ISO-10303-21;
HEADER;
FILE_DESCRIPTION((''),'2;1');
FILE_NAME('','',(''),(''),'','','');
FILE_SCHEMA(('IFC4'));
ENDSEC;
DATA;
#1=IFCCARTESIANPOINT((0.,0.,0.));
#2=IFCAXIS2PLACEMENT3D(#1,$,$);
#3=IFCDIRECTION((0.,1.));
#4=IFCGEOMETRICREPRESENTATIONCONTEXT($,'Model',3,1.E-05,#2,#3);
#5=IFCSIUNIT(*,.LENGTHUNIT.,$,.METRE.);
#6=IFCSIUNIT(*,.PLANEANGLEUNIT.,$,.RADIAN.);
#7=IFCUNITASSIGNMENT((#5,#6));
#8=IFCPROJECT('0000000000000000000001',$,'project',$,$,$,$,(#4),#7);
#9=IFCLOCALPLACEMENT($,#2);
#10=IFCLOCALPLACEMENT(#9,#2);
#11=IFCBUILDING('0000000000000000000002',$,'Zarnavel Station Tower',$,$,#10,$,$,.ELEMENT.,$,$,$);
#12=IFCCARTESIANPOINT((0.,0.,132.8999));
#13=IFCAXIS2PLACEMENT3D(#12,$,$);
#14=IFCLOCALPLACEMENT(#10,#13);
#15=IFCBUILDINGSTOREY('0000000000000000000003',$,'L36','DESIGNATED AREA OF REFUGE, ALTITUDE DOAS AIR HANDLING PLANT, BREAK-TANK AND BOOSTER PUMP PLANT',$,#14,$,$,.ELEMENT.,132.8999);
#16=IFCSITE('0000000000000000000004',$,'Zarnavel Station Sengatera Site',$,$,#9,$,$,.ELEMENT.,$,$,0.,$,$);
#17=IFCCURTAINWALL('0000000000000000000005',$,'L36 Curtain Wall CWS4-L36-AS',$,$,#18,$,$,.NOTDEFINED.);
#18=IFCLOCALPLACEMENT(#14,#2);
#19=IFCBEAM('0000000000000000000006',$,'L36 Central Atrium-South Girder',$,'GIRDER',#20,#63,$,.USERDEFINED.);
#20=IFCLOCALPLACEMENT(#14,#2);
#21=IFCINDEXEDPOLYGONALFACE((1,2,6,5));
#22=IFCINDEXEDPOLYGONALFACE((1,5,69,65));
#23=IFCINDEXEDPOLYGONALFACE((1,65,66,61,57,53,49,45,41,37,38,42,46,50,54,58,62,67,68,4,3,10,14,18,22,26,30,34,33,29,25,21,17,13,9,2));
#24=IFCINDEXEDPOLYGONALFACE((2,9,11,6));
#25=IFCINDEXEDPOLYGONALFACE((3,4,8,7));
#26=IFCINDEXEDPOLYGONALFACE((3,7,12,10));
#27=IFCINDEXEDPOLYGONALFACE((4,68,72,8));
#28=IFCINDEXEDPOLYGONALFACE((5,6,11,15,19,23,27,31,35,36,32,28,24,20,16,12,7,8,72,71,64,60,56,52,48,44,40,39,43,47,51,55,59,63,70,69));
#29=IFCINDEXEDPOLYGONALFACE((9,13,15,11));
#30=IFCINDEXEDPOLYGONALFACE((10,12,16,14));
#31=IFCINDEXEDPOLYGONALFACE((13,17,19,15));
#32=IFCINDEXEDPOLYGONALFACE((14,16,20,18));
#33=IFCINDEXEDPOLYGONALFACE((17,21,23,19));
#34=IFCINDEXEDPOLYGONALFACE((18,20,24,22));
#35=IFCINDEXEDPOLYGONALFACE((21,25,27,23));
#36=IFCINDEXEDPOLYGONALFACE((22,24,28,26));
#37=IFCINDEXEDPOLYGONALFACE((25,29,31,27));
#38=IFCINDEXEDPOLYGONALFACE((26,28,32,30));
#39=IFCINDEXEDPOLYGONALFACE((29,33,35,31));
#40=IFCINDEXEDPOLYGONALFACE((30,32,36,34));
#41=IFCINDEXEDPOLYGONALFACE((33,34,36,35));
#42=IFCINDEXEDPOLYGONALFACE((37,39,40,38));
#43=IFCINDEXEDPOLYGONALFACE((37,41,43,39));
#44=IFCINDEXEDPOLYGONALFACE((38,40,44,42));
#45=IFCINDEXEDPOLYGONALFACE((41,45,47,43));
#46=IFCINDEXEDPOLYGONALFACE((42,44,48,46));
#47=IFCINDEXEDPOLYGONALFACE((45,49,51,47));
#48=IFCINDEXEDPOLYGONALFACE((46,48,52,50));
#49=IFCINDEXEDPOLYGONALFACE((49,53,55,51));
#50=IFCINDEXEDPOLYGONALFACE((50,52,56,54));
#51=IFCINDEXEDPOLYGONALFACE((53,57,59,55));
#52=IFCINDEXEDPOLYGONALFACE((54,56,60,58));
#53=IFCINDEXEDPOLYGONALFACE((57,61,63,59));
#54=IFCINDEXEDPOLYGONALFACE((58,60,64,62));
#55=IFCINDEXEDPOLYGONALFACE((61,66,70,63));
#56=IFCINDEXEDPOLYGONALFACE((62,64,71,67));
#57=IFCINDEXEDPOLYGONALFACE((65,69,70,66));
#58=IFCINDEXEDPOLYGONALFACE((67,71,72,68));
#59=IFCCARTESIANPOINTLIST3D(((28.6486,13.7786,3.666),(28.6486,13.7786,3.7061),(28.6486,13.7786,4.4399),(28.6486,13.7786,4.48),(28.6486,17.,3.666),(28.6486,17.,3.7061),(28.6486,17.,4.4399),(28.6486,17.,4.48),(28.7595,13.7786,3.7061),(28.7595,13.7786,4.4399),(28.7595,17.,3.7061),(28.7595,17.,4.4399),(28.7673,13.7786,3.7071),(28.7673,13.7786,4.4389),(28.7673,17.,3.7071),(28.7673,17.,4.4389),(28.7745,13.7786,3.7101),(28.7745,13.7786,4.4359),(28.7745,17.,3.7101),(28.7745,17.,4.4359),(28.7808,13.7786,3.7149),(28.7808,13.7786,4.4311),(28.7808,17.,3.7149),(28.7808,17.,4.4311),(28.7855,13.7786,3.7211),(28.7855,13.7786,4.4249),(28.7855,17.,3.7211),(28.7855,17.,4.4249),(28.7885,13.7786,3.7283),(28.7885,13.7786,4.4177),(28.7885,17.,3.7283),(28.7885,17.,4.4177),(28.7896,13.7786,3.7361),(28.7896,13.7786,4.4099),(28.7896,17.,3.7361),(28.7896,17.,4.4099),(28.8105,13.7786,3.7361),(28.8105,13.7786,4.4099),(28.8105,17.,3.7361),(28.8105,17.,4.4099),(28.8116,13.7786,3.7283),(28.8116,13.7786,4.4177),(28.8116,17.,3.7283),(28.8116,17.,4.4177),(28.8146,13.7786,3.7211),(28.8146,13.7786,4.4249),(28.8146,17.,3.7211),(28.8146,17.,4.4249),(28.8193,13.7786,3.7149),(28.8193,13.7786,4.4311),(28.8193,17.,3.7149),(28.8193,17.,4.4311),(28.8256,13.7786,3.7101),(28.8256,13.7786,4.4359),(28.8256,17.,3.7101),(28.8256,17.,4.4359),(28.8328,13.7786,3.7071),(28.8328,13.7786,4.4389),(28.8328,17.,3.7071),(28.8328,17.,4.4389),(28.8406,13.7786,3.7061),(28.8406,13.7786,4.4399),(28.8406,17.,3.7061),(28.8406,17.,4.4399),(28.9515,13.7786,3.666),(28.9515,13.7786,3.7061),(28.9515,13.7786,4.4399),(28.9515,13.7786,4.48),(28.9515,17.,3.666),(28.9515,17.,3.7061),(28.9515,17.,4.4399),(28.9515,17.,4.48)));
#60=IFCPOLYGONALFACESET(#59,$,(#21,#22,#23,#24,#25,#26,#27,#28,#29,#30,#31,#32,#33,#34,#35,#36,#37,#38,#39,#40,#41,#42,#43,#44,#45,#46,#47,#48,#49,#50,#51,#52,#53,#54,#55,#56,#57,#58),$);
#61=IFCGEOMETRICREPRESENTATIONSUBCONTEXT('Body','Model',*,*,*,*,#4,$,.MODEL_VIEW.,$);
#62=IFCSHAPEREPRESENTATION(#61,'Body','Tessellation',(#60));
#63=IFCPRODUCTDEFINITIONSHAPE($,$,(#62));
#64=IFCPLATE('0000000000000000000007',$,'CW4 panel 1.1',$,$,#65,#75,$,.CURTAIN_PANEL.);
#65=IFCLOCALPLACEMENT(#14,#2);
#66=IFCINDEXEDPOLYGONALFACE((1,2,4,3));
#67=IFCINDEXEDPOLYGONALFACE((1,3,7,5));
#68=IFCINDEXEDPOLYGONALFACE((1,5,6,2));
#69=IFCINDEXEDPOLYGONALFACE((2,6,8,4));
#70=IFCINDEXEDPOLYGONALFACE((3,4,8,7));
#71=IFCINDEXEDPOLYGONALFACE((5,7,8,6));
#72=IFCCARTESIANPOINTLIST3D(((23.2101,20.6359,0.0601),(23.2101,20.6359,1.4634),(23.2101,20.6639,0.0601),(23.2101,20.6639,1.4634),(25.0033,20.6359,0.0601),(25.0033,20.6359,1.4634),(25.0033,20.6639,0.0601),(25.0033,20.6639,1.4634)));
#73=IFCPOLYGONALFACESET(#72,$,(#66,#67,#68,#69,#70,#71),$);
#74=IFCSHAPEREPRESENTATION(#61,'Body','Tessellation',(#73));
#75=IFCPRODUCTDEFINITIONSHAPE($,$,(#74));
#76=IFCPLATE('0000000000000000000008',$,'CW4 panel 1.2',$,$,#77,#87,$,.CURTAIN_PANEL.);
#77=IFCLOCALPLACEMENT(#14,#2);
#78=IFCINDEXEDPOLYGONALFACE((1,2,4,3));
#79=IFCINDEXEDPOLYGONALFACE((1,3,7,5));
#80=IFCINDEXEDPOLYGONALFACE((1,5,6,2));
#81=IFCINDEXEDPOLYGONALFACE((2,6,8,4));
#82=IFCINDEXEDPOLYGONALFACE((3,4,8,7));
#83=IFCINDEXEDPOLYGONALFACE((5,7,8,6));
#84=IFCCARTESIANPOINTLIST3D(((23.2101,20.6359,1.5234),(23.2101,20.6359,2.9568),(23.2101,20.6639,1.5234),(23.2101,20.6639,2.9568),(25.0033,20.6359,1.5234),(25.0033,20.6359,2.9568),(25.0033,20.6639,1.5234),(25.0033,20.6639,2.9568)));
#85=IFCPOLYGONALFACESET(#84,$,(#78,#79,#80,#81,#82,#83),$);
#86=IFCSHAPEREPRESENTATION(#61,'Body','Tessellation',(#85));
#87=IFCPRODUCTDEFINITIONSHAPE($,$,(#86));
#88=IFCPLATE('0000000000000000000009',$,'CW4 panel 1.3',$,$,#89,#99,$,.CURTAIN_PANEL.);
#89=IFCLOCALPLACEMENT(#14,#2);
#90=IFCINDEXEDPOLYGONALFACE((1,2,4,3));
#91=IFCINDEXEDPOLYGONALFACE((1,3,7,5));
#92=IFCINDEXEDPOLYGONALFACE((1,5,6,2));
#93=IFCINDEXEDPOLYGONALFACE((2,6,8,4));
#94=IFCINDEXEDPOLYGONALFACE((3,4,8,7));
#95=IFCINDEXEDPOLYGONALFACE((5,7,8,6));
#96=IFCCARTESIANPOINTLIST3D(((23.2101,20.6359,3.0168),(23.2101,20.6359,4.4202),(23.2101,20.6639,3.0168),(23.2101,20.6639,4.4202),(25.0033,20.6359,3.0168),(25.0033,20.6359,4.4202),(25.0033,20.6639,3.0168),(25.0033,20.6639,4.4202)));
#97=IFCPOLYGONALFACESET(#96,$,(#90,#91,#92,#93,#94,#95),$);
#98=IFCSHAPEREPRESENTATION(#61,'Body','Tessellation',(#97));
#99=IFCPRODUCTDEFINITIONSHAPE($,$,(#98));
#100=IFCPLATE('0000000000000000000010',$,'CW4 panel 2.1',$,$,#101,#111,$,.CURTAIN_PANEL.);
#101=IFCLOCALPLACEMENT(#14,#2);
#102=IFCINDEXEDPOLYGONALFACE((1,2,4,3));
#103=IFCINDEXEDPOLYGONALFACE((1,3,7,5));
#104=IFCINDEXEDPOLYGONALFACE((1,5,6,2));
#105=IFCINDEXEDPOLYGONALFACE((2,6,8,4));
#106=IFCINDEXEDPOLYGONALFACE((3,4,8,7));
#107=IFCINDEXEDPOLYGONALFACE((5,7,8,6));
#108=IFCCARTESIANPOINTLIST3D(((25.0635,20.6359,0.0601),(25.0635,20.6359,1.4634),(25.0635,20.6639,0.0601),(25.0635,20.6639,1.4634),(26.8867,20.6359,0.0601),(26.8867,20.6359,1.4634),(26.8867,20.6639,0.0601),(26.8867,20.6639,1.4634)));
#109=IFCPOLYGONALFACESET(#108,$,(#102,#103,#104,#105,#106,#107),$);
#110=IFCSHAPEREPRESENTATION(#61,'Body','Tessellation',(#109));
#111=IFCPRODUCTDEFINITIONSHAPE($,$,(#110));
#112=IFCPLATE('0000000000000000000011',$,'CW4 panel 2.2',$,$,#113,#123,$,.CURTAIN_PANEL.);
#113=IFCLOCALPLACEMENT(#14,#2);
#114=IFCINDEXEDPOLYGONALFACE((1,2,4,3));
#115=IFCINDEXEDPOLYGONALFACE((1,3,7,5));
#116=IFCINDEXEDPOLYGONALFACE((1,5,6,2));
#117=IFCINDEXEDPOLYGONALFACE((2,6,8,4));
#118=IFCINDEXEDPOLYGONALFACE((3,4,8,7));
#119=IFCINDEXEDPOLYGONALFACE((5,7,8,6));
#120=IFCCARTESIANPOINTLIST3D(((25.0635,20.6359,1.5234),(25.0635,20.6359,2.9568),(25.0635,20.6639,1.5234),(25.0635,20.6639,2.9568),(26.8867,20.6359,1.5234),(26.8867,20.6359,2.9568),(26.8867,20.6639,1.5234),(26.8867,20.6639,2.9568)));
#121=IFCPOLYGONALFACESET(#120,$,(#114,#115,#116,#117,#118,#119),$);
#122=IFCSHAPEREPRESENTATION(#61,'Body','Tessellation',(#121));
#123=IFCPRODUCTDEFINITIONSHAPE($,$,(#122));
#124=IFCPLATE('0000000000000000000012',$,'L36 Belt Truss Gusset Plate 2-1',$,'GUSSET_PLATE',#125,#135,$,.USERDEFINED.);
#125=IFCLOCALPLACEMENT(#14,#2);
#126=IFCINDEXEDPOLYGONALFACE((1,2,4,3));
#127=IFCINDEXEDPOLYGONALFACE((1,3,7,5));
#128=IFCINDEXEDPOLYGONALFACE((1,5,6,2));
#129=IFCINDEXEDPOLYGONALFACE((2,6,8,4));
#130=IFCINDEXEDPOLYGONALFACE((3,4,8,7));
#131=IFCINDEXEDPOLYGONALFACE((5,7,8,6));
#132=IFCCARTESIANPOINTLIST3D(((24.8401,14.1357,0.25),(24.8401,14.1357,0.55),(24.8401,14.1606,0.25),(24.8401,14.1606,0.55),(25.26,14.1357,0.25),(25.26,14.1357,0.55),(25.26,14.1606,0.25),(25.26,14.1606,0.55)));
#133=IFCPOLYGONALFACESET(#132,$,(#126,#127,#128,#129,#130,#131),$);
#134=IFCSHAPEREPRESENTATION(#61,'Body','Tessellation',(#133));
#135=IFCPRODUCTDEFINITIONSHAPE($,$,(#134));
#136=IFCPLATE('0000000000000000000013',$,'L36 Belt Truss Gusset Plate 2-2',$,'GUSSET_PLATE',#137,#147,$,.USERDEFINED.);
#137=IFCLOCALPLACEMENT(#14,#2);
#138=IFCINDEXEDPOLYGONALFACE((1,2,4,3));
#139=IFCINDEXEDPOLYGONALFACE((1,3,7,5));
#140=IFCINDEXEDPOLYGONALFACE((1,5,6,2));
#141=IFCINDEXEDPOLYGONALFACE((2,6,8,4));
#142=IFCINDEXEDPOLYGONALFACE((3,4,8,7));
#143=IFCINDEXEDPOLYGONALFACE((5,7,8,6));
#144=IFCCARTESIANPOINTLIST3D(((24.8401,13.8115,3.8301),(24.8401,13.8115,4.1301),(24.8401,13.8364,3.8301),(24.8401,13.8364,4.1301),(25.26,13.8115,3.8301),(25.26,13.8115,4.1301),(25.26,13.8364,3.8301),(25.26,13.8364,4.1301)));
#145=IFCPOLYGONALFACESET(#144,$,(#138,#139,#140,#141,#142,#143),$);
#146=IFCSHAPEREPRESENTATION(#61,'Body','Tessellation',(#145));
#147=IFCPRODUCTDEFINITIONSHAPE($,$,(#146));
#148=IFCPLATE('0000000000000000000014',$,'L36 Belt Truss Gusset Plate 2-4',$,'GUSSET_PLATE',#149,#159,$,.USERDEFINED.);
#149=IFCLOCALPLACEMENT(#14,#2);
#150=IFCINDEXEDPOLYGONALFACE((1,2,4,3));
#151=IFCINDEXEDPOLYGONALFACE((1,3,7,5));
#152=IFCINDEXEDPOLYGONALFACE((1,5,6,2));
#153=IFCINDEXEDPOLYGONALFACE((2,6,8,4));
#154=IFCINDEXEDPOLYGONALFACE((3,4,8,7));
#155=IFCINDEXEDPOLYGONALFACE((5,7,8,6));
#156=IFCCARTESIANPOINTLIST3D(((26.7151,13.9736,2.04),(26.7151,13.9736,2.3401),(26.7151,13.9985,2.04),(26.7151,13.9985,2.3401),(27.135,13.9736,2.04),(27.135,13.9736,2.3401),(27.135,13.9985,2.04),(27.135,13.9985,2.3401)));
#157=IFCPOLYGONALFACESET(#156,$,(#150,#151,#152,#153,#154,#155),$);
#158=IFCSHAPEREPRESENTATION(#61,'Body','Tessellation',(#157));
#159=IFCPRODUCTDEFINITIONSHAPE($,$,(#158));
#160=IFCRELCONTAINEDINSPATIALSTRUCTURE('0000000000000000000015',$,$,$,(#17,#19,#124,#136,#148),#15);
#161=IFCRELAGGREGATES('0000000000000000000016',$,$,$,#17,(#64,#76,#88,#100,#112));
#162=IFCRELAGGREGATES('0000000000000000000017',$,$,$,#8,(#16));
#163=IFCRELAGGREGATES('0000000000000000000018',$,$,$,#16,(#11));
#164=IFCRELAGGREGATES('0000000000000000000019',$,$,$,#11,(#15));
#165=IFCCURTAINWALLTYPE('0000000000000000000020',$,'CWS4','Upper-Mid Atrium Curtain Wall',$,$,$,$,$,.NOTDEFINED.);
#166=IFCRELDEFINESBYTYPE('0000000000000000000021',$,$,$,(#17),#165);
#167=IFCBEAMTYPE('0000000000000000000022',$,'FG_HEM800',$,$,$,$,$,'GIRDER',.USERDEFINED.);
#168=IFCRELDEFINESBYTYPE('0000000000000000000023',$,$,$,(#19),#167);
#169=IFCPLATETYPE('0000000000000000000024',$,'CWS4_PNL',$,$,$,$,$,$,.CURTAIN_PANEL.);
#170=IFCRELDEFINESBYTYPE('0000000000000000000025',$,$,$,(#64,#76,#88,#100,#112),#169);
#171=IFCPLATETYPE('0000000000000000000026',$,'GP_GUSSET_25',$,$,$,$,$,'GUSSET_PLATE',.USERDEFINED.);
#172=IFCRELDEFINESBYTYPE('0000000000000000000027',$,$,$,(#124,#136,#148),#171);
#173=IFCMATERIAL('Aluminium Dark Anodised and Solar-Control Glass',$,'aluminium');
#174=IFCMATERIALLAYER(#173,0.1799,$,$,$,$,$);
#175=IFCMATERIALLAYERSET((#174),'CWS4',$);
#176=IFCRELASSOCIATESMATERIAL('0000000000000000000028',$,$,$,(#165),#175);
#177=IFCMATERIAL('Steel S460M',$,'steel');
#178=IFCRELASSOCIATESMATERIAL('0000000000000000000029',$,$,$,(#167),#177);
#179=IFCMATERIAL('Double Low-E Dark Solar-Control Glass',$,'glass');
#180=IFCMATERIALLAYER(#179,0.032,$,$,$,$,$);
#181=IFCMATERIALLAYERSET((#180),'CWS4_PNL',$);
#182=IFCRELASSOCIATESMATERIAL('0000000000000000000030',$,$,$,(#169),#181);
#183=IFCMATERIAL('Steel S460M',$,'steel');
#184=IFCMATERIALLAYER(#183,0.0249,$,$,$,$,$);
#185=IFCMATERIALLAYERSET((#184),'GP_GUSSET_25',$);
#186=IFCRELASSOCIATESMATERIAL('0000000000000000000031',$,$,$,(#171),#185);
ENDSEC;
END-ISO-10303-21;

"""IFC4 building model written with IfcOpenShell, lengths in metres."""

from ifc_helpers import new_model, si_unit, direction, frame, origin, origin_2d, place, context, subcontext, project, spatial, rectangle, i_section, extrude, material, layer, layer_set, material_profile, profile_set, type_object, element, aggregate, save


model = new_model("IFC4")

# Units and contexts
model_context = context("Model", 3, precision=1e-05, world=origin(), true_north=direction((0.0, 1.0)))
body_context = subcontext(model_context, "Body", "Model", "MODEL_VIEW")
ifc_project = project(units=[si_unit("LENGTHUNIT", "METRE"), si_unit("PLANEANGLEUNIT", "RADIAN")], contexts=[model_context])

# Site, building, storey
site_placement = place(None, origin())
site = spatial("IfcSite", under=ifc_project, at=site_placement, Name="Zarnavel Station Sengatera Site", CompositionType="ELEMENT", RefElevation=0.0)
building_placement = place(site_placement, origin())
building = spatial("IfcBuilding", under=site, at=building_placement, Name="Zarnavel Station Tower", CompositionType="ELEMENT")
storey_placement = place(building_placement, frame((0.0, 0.0, 132.8999)))
storey = spatial("IfcBuildingStorey", under=building, at=storey_placement, Name="L36", Description="DESIGNATED AREA OF REFUGE, ALTITUDE DOAS AIR HANDLING PLANT, BREAK-TANK AND BOOSTER PUMP PLANT", CompositionType="ELEMENT", Elevation=132.8999)

# Curtain wall
ifc_material_1 = material(Name="Aluminium Dark Anodised and Solar-Control Glass", Category="aluminium")
ifc_layer_1 = layer(ifc_material_1, 0.1799)
ifc_layer_set_1 = layer_set([ifc_layer_1], Name="CWS4")
curtain_wall_type = type_object("IfcCurtainWallType", Name="CWS4", Description="Upper-Mid Atrium Curtain Wall", PredefinedType="NOTDEFINED", material=ifc_layer_set_1)
curtain_wall_placement = place(storey_placement, origin())
curtain_wall = element("IfcCurtainWall", 1, at=curtain_wall_placement, inside=storey, type_object=curtain_wall_type, Name="L36 Curtain Wall CWS4-L36-AS", PredefinedType="NOTDEFINED")

# Beam
ifc_material_2 = material(Name="Steel S460M", Category="steel")
ifc_material_profile_1 = material_profile(ifc_material_2, i_section(OverallWidth=0.303, OverallDepth=0.814, WebThickness=0.021, FlangeThickness=0.04, FilletRadius=0.03, at=origin_2d()), Name="HEM800")
ifc_profile_set_1 = profile_set([ifc_material_profile_1], Name="Steel S460M")
beam_type = type_object("IfcBeamType", Name="FG_HEM800", ElementType="GIRDER", PredefinedType="USERDEFINED", material=ifc_profile_set_1)
beam_placement = place(storey_placement, frame((28.8, 13.7786, 4.073), z_axis=(0.0, 1.0, 0.0), x_axis=(-1.0, 0.0, 0.0)))
element("IfcBeam", 2, at=beam_placement, inside=storey, type_object=beam_type, Name="L36 Central Atrium-South Girder", ObjectType="GIRDER", PredefinedType="USERDEFINED", context=body_context, shape_type="SweptSolid", body=[
    extrude(i_section(OverallWidth=0.303, OverallDepth=0.814, WebThickness=0.021, FlangeThickness=0.04, FilletRadius=0.03, at=origin_2d()), origin(), (0.0, 0.0, 1.0), 3.2214),
])

# Plates
ifc_material_3 = material(Name="Double Low-E Dark Solar-Control Glass", Category="glass")
ifc_layer_2 = layer(ifc_material_3, 0.032)
ifc_layer_set_2 = layer_set([ifc_layer_2], Name="CWS4_PNL")
plate_type_1 = type_object("IfcPlateType", Name="CWS4_PNL", PredefinedType="CURTAIN_PANEL", material=ifc_layer_set_2)
plate_1_placement = place(storey_placement, frame((24.1067, 20.6499, 0.0601), z_axis=(0.0, 0.0, 1.0), x_axis=(1.0, 0.0, 0.0)))
plate_1 = element("IfcPlate", 3, at=plate_1_placement, type_object=plate_type_1, Name="CW4 panel 1.1", PredefinedType="CURTAIN_PANEL", context=body_context, shape_type="SweptSolid", body=[
    extrude(rectangle(XDim=1.7932, YDim=0.0281, at=origin_2d()), origin(), (0.0, 0.0, 1.0), 1.4033),
])
plate_2_placement = place(storey_placement, frame((24.1067, 20.6499, 1.5234), z_axis=(0.0, 0.0, 1.0), x_axis=(1.0, 0.0, 0.0)))
plate_2 = element("IfcPlate", 4, at=plate_2_placement, type_object=plate_type_1, Name="CW4 panel 1.2", PredefinedType="CURTAIN_PANEL", context=body_context, shape_type="SweptSolid", body=[
    extrude(rectangle(XDim=1.7932, YDim=0.0281, at=origin_2d()), origin(), (0.0, 0.0, 1.0), 1.4333),
])
plate_3_placement = place(storey_placement, frame((24.1067, 20.6499, 3.0168), z_axis=(0.0, 0.0, 1.0), x_axis=(1.0, 0.0, 0.0)))
plate_3 = element("IfcPlate", 5, at=plate_3_placement, type_object=plate_type_1, Name="CW4 panel 1.3", PredefinedType="CURTAIN_PANEL", context=body_context, shape_type="SweptSolid", body=[
    extrude(rectangle(XDim=1.7932, YDim=0.0281, at=origin_2d()), origin(), (0.0, 0.0, 1.0), 1.4033),
])
plate_4_placement = place(storey_placement, frame((25.9751, 20.6499, 0.0601), z_axis=(0.0, 0.0, 1.0), x_axis=(1.0, 0.0, 0.0)))
plate_4 = element("IfcPlate", 6, at=plate_4_placement, type_object=plate_type_1, Name="CW4 panel 2.1", PredefinedType="CURTAIN_PANEL", context=body_context, shape_type="SweptSolid", body=[
    extrude(rectangle(XDim=1.8232, YDim=0.0281, at=origin_2d()), origin(), (0.0, 0.0, 1.0), 1.4033),
])
plate_5_placement = place(storey_placement, frame((25.9751, 20.6499, 1.5234), z_axis=(0.0, 0.0, 1.0), x_axis=(1.0, 0.0, 0.0)))
plate_5 = element("IfcPlate", 7, at=plate_5_placement, type_object=plate_type_1, Name="CW4 panel 2.2", PredefinedType="CURTAIN_PANEL", context=body_context, shape_type="SweptSolid", body=[
    extrude(rectangle(XDim=1.8232, YDim=0.0281, at=origin_2d()), origin(), (0.0, 0.0, 1.0), 1.4333),
])
aggregate(curtain_wall, [plate_1, plate_2, plate_3, plate_4, plate_5])

# Plates
ifc_material_4 = material(Name="Steel S460M", Category="steel")
ifc_layer_3 = layer(ifc_material_4, 0.0249)
ifc_layer_set_3 = layer_set([ifc_layer_3], Name="GP_GUSSET_25")
plate_type_2 = type_object("IfcPlateType", Name="GP_GUSSET_25", ElementType="GUSSET_PLATE", PredefinedType="USERDEFINED", material=ifc_layer_set_3)
for number, where, z_axis, x_axis, name in (
    (8, (25.05, 14.1482, 0.25), (0.0, 0.0, 1.0), (1.0, 0.0, 0.0), "L36 Belt Truss Gusset Plate 2-1"),
    (9, (25.05, 13.824, 3.8301), (0.0, 0.0, 1.0), (1.0, 0.0, 0.0), "L36 Belt Truss Gusset Plate 2-2"),
    (10, (26.925, 13.9861, 2.04), (0.0, 0.0, 1.0), (1.0, 0.0, 0.0), "L36 Belt Truss Gusset Plate 2-4"),
):
    element("IfcPlate", number, at=place(storey_placement, frame(where, z_axis=z_axis, x_axis=x_axis)), inside=storey, type_object=plate_type_2, Name=name, ObjectType="GUSSET_PLATE", PredefinedType="USERDEFINED", context=body_context, shape_type="SweptSolid", body=[
        extrude(rectangle(XDim=0.4199, YDim=0.0249, at=origin_2d()), origin(), (0.0, 0.0, 1.0), 0.3),
    ])

save(model, "model.ifc")
